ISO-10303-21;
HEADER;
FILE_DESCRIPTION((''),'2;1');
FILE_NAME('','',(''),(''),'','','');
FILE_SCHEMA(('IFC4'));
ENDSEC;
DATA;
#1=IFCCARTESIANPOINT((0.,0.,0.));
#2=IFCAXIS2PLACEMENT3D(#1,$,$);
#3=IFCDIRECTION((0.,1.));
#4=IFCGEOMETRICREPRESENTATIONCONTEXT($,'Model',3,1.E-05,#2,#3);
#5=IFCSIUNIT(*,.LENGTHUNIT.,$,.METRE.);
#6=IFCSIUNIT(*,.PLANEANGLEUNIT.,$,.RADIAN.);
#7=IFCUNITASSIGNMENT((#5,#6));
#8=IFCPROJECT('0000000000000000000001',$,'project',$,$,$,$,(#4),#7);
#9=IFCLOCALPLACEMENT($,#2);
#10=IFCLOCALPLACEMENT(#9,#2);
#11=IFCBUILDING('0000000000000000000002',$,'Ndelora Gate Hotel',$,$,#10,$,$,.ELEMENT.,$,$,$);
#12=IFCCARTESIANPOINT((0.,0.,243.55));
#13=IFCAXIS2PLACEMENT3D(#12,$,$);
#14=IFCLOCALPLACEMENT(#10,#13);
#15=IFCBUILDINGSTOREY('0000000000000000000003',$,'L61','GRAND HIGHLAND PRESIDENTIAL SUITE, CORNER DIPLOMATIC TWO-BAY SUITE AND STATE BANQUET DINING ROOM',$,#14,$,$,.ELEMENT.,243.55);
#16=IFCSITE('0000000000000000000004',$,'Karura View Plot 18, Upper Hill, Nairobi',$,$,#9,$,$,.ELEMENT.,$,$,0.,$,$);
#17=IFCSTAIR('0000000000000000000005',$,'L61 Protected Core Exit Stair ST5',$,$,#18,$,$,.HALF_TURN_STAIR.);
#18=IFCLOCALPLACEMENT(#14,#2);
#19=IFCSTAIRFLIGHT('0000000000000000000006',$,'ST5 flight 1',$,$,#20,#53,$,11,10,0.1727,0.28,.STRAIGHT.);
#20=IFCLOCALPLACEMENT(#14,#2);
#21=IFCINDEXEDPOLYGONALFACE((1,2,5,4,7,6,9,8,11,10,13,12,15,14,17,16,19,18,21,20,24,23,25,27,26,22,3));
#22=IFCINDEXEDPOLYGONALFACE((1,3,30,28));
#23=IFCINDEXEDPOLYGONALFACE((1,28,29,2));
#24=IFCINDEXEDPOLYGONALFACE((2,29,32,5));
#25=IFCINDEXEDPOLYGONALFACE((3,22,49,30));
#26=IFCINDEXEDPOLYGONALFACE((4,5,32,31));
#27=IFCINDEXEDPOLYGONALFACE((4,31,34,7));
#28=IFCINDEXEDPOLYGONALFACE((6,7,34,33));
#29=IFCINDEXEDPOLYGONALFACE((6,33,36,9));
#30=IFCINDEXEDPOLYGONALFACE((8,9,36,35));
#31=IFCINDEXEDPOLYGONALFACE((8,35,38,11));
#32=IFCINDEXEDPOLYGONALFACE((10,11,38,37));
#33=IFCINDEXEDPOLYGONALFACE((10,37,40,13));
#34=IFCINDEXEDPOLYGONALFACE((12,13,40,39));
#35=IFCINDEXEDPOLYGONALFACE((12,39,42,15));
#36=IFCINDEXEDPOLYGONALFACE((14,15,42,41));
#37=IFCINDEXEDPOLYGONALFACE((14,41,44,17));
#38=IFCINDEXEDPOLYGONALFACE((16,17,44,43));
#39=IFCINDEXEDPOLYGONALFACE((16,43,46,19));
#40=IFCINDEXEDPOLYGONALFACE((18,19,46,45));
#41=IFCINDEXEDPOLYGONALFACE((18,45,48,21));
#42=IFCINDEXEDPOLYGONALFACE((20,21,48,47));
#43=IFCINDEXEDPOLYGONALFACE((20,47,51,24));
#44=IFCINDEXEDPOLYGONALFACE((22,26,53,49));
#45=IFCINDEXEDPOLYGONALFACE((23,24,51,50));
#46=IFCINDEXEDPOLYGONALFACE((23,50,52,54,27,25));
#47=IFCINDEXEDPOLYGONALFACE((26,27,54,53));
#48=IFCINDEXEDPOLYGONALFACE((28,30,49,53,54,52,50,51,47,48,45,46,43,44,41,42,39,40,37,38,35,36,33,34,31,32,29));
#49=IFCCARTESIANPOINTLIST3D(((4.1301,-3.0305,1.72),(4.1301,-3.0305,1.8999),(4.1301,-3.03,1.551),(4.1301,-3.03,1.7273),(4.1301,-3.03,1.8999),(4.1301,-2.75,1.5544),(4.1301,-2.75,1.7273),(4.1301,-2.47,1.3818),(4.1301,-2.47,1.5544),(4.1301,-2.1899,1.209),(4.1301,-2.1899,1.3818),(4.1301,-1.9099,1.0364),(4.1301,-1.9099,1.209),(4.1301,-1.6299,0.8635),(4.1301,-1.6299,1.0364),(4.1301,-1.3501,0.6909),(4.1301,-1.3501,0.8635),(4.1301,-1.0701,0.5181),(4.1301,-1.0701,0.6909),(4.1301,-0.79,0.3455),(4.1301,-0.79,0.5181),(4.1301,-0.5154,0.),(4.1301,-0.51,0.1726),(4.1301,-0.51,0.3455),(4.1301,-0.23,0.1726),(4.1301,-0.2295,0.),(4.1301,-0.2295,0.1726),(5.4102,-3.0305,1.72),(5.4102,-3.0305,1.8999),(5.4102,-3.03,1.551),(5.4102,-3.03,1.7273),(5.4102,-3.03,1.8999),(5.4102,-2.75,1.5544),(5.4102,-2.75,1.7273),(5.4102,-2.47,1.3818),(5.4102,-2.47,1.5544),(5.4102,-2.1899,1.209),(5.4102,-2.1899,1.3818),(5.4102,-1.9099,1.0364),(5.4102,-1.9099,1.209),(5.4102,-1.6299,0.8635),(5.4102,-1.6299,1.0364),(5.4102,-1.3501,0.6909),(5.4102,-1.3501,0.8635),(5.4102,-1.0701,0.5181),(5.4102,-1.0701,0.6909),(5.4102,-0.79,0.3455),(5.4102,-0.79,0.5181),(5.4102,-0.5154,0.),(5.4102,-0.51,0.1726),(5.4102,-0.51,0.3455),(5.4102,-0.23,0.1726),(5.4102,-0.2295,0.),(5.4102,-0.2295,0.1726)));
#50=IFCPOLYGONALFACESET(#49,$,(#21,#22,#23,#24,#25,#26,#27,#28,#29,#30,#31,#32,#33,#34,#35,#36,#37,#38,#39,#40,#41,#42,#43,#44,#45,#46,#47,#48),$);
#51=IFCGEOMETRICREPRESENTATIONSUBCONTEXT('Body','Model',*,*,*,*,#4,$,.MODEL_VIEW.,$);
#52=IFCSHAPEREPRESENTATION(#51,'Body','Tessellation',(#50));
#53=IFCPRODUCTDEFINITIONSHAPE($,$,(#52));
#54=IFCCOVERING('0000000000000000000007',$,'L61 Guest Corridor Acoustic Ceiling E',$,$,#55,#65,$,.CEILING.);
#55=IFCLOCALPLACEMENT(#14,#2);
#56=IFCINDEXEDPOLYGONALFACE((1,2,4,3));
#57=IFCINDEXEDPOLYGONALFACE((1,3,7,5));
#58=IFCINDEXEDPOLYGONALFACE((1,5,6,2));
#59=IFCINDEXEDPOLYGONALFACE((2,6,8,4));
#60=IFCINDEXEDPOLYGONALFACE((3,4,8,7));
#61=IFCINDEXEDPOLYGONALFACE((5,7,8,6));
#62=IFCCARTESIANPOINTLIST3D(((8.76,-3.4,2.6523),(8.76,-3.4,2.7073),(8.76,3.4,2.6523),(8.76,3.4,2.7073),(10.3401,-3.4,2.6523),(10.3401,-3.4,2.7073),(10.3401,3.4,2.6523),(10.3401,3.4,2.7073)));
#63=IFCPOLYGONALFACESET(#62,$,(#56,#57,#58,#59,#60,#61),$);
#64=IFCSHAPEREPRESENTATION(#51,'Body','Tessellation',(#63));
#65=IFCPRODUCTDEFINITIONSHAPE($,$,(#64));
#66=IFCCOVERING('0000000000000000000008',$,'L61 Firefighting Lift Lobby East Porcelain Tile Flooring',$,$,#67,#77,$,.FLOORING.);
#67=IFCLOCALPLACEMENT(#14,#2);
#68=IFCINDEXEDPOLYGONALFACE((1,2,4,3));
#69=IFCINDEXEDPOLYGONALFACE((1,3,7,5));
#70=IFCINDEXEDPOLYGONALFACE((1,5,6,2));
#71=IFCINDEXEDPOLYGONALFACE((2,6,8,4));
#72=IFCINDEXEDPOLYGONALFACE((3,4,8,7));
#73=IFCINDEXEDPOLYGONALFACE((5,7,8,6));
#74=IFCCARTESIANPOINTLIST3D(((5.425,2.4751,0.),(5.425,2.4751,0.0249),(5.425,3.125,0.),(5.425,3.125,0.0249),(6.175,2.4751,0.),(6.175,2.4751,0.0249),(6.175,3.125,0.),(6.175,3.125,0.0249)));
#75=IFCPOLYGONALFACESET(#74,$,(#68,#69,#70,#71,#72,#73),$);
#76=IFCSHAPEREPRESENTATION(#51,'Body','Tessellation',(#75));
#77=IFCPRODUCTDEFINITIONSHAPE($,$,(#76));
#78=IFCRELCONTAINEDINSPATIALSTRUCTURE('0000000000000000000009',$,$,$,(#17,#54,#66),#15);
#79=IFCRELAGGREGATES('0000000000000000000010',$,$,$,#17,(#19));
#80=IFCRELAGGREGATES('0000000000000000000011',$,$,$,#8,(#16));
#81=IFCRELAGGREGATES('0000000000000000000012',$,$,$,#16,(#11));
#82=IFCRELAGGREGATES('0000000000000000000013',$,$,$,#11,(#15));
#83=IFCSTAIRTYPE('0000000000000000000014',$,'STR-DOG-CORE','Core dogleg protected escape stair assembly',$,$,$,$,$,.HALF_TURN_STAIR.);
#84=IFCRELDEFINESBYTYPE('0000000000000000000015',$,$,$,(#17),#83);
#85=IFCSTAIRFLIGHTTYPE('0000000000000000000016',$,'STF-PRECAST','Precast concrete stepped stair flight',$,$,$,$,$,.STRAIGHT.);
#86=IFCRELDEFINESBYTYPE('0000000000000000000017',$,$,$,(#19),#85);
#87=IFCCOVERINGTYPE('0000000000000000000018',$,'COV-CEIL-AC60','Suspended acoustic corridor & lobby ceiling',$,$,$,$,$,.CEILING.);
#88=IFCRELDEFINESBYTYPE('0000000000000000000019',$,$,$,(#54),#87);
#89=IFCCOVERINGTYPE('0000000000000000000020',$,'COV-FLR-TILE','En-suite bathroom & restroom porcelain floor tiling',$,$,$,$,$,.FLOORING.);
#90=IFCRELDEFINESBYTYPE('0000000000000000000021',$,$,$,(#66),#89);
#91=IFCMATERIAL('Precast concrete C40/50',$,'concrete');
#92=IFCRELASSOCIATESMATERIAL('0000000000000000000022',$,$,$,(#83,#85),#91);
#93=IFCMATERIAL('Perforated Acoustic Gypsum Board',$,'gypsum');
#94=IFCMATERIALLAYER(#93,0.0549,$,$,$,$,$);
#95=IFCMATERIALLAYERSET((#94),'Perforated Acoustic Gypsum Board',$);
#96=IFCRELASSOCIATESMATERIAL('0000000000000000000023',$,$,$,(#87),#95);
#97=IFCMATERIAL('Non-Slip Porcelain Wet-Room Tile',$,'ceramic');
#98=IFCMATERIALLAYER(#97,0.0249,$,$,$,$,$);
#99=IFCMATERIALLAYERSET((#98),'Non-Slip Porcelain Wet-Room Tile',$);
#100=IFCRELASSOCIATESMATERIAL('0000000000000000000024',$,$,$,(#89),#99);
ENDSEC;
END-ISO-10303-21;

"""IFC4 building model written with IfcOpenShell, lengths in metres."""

from ifc_helpers import new_model, si_unit, direction, frame, origin, origin_2d, place, context, subcontext, project, spatial, polyline, rectangle, outline, extrude, material, layer, layer_set, type_object, element, aggregate, save


model = new_model("IFC4")

# Units and contexts
model_context = context("Model", 3, precision=1e-05, world=origin(), true_north=direction((0.0, 1.0)))
body_context = subcontext(model_context, "Body", "Model", "MODEL_VIEW")
ifc_project = project(units=[si_unit("LENGTHUNIT", "METRE"), si_unit("PLANEANGLEUNIT", "RADIAN")], contexts=[model_context])

# Site, building, storey
site_placement = place(None, origin())
site = spatial("IfcSite", under=ifc_project, at=site_placement, Name="Karura View Plot 18, Upper Hill, Nairobi", CompositionType="ELEMENT", RefElevation=0.0)
building_placement = place(site_placement, origin())
building = spatial("IfcBuilding", under=site, at=building_placement, Name="Ndelora Gate Hotel", CompositionType="ELEMENT")
storey_placement = place(building_placement, frame((0.0, 0.0, 243.55)))
storey = spatial("IfcBuildingStorey", under=building, at=storey_placement, Name="L61", Description="GRAND HIGHLAND PRESIDENTIAL SUITE, CORNER DIPLOMATIC TWO-BAY SUITE AND STATE BANQUET DINING ROOM", CompositionType="ELEMENT", Elevation=243.55)

# Stair, stair flight
ifc_material_1 = material(Name="Precast concrete C40/50", Category="concrete")
stair_type = type_object("IfcStairType", Name="STR-DOG-CORE", Description="Core dogleg protected escape stair assembly", PredefinedType="HALF_TURN_STAIR", material=ifc_material_1)
stair_placement = place(storey_placement, origin())
stair = element("IfcStair", 1, at=stair_placement, inside=storey, type_object=stair_type, Name="L61 Protected Core Exit Stair ST5", PredefinedType="HALF_TURN_STAIR")
stair_flight_type = type_object("IfcStairFlightType", Name="STF-PRECAST", Description="Precast concrete stepped stair flight", PredefinedType="STRAIGHT", material=ifc_material_1)
stair_flight_placement = place(storey_placement, frame((4.77, -0.23, 0.0), z_axis=(0.0, 0.0, 1.0), x_axis=(0.0, -1.0, 0.0)))
stair_flight = element("IfcStairFlight", 2, at=stair_flight_placement, type_object=stair_flight_type, Name="ST5 flight 1", NumberOfRisers=11, NumberOfTreads=10, PredefinedType="STRAIGHT", RiserHeight=0.1727, TreadLength=0.28, context=body_context, shape_type="SweptSolid", body=[
    extrude(outline(polyline([(-0.0005, 0.0), (-0.0005, 0.1726), (0.0, 0.1726), (0.28, 0.1726), (0.28, 0.3455), (0.5601, 0.3455), (0.5601, 0.5181), (0.8401, 0.5181), (0.8401, 0.6909), (1.1201, 0.6909), (1.1201, 0.8635), (1.3999, 0.8635), (1.3999, 1.0364), (1.6799, 1.0364), (1.6799, 1.209), (1.96, 1.209), (1.96, 1.3818), (2.24, 1.3818), (2.24, 1.5544), (2.52, 1.5544), (2.52, 1.7273), (2.8, 1.7273), (2.8, 1.8999), (2.8005, 1.8999), (2.8005, 1.72), (2.8, 1.551), (0.2854, 0.0), (-0.0005, 0.0)])), frame((0.0, 0.6401, 0.0), z_axis=(0.0, -1.0, 0.0), x_axis=(1.0, 0.0, 0.0)), (0.0, 0.0, 1.0), 1.28),
])
aggregate(stair, [stair_flight])

# Coverings
ifc_material_2 = material(Name="Perforated Acoustic Gypsum Board", Category="gypsum")
ifc_layer_1 = layer(ifc_material_2, 0.0549)
ifc_layer_set_1 = layer_set([ifc_layer_1], Name="Perforated Acoustic Gypsum Board")
covering_type_1 = type_object("IfcCoveringType", Name="COV-CEIL-AC60", Description="Suspended acoustic corridor & lobby ceiling", PredefinedType="CEILING", material=ifc_layer_set_1)
covering_1_placement = place(storey_placement, frame((9.55, 0.0, 2.6523), z_axis=(0.0, 0.0, 1.0), x_axis=(1.0, 0.0, 0.0)))
element("IfcCovering", 3, at=covering_1_placement, inside=storey, type_object=covering_type_1, Name="L61 Guest Corridor Acoustic Ceiling E", PredefinedType="CEILING", context=body_context, shape_type="SweptSolid", body=[
    extrude(rectangle(XDim=1.5801, YDim=6.8, at=origin_2d()), origin(), (0.0, 0.0, 1.0), 0.0549),
])
ifc_material_3 = material(Name="Non-Slip Porcelain Wet-Room Tile", Category="ceramic")
ifc_layer_2 = layer(ifc_material_3, 0.0249)
ifc_layer_set_2 = layer_set([ifc_layer_2], Name="Non-Slip Porcelain Wet-Room Tile")
covering_type_2 = type_object("IfcCoveringType", Name="COV-FLR-TILE", Description="En-suite bathroom & restroom porcelain floor tiling", PredefinedType="FLOORING", material=ifc_layer_set_2)
covering_2_placement = place(storey_placement, frame((5.8, 2.8, 0.0), z_axis=(0.0, 0.0, 1.0), x_axis=(1.0, 0.0, 0.0)))
element("IfcCovering", 4, at=covering_2_placement, inside=storey, type_object=covering_type_2, Name="L61 Firefighting Lift Lobby East Porcelain Tile Flooring", PredefinedType="FLOORING", context=body_context, shape_type="SweptSolid", body=[
    extrude(rectangle(XDim=0.75, YDim=0.6499, at=origin_2d()), origin(), (0.0, 0.0, 1.0), 0.0249),
])

save(model, "model.ifc")
